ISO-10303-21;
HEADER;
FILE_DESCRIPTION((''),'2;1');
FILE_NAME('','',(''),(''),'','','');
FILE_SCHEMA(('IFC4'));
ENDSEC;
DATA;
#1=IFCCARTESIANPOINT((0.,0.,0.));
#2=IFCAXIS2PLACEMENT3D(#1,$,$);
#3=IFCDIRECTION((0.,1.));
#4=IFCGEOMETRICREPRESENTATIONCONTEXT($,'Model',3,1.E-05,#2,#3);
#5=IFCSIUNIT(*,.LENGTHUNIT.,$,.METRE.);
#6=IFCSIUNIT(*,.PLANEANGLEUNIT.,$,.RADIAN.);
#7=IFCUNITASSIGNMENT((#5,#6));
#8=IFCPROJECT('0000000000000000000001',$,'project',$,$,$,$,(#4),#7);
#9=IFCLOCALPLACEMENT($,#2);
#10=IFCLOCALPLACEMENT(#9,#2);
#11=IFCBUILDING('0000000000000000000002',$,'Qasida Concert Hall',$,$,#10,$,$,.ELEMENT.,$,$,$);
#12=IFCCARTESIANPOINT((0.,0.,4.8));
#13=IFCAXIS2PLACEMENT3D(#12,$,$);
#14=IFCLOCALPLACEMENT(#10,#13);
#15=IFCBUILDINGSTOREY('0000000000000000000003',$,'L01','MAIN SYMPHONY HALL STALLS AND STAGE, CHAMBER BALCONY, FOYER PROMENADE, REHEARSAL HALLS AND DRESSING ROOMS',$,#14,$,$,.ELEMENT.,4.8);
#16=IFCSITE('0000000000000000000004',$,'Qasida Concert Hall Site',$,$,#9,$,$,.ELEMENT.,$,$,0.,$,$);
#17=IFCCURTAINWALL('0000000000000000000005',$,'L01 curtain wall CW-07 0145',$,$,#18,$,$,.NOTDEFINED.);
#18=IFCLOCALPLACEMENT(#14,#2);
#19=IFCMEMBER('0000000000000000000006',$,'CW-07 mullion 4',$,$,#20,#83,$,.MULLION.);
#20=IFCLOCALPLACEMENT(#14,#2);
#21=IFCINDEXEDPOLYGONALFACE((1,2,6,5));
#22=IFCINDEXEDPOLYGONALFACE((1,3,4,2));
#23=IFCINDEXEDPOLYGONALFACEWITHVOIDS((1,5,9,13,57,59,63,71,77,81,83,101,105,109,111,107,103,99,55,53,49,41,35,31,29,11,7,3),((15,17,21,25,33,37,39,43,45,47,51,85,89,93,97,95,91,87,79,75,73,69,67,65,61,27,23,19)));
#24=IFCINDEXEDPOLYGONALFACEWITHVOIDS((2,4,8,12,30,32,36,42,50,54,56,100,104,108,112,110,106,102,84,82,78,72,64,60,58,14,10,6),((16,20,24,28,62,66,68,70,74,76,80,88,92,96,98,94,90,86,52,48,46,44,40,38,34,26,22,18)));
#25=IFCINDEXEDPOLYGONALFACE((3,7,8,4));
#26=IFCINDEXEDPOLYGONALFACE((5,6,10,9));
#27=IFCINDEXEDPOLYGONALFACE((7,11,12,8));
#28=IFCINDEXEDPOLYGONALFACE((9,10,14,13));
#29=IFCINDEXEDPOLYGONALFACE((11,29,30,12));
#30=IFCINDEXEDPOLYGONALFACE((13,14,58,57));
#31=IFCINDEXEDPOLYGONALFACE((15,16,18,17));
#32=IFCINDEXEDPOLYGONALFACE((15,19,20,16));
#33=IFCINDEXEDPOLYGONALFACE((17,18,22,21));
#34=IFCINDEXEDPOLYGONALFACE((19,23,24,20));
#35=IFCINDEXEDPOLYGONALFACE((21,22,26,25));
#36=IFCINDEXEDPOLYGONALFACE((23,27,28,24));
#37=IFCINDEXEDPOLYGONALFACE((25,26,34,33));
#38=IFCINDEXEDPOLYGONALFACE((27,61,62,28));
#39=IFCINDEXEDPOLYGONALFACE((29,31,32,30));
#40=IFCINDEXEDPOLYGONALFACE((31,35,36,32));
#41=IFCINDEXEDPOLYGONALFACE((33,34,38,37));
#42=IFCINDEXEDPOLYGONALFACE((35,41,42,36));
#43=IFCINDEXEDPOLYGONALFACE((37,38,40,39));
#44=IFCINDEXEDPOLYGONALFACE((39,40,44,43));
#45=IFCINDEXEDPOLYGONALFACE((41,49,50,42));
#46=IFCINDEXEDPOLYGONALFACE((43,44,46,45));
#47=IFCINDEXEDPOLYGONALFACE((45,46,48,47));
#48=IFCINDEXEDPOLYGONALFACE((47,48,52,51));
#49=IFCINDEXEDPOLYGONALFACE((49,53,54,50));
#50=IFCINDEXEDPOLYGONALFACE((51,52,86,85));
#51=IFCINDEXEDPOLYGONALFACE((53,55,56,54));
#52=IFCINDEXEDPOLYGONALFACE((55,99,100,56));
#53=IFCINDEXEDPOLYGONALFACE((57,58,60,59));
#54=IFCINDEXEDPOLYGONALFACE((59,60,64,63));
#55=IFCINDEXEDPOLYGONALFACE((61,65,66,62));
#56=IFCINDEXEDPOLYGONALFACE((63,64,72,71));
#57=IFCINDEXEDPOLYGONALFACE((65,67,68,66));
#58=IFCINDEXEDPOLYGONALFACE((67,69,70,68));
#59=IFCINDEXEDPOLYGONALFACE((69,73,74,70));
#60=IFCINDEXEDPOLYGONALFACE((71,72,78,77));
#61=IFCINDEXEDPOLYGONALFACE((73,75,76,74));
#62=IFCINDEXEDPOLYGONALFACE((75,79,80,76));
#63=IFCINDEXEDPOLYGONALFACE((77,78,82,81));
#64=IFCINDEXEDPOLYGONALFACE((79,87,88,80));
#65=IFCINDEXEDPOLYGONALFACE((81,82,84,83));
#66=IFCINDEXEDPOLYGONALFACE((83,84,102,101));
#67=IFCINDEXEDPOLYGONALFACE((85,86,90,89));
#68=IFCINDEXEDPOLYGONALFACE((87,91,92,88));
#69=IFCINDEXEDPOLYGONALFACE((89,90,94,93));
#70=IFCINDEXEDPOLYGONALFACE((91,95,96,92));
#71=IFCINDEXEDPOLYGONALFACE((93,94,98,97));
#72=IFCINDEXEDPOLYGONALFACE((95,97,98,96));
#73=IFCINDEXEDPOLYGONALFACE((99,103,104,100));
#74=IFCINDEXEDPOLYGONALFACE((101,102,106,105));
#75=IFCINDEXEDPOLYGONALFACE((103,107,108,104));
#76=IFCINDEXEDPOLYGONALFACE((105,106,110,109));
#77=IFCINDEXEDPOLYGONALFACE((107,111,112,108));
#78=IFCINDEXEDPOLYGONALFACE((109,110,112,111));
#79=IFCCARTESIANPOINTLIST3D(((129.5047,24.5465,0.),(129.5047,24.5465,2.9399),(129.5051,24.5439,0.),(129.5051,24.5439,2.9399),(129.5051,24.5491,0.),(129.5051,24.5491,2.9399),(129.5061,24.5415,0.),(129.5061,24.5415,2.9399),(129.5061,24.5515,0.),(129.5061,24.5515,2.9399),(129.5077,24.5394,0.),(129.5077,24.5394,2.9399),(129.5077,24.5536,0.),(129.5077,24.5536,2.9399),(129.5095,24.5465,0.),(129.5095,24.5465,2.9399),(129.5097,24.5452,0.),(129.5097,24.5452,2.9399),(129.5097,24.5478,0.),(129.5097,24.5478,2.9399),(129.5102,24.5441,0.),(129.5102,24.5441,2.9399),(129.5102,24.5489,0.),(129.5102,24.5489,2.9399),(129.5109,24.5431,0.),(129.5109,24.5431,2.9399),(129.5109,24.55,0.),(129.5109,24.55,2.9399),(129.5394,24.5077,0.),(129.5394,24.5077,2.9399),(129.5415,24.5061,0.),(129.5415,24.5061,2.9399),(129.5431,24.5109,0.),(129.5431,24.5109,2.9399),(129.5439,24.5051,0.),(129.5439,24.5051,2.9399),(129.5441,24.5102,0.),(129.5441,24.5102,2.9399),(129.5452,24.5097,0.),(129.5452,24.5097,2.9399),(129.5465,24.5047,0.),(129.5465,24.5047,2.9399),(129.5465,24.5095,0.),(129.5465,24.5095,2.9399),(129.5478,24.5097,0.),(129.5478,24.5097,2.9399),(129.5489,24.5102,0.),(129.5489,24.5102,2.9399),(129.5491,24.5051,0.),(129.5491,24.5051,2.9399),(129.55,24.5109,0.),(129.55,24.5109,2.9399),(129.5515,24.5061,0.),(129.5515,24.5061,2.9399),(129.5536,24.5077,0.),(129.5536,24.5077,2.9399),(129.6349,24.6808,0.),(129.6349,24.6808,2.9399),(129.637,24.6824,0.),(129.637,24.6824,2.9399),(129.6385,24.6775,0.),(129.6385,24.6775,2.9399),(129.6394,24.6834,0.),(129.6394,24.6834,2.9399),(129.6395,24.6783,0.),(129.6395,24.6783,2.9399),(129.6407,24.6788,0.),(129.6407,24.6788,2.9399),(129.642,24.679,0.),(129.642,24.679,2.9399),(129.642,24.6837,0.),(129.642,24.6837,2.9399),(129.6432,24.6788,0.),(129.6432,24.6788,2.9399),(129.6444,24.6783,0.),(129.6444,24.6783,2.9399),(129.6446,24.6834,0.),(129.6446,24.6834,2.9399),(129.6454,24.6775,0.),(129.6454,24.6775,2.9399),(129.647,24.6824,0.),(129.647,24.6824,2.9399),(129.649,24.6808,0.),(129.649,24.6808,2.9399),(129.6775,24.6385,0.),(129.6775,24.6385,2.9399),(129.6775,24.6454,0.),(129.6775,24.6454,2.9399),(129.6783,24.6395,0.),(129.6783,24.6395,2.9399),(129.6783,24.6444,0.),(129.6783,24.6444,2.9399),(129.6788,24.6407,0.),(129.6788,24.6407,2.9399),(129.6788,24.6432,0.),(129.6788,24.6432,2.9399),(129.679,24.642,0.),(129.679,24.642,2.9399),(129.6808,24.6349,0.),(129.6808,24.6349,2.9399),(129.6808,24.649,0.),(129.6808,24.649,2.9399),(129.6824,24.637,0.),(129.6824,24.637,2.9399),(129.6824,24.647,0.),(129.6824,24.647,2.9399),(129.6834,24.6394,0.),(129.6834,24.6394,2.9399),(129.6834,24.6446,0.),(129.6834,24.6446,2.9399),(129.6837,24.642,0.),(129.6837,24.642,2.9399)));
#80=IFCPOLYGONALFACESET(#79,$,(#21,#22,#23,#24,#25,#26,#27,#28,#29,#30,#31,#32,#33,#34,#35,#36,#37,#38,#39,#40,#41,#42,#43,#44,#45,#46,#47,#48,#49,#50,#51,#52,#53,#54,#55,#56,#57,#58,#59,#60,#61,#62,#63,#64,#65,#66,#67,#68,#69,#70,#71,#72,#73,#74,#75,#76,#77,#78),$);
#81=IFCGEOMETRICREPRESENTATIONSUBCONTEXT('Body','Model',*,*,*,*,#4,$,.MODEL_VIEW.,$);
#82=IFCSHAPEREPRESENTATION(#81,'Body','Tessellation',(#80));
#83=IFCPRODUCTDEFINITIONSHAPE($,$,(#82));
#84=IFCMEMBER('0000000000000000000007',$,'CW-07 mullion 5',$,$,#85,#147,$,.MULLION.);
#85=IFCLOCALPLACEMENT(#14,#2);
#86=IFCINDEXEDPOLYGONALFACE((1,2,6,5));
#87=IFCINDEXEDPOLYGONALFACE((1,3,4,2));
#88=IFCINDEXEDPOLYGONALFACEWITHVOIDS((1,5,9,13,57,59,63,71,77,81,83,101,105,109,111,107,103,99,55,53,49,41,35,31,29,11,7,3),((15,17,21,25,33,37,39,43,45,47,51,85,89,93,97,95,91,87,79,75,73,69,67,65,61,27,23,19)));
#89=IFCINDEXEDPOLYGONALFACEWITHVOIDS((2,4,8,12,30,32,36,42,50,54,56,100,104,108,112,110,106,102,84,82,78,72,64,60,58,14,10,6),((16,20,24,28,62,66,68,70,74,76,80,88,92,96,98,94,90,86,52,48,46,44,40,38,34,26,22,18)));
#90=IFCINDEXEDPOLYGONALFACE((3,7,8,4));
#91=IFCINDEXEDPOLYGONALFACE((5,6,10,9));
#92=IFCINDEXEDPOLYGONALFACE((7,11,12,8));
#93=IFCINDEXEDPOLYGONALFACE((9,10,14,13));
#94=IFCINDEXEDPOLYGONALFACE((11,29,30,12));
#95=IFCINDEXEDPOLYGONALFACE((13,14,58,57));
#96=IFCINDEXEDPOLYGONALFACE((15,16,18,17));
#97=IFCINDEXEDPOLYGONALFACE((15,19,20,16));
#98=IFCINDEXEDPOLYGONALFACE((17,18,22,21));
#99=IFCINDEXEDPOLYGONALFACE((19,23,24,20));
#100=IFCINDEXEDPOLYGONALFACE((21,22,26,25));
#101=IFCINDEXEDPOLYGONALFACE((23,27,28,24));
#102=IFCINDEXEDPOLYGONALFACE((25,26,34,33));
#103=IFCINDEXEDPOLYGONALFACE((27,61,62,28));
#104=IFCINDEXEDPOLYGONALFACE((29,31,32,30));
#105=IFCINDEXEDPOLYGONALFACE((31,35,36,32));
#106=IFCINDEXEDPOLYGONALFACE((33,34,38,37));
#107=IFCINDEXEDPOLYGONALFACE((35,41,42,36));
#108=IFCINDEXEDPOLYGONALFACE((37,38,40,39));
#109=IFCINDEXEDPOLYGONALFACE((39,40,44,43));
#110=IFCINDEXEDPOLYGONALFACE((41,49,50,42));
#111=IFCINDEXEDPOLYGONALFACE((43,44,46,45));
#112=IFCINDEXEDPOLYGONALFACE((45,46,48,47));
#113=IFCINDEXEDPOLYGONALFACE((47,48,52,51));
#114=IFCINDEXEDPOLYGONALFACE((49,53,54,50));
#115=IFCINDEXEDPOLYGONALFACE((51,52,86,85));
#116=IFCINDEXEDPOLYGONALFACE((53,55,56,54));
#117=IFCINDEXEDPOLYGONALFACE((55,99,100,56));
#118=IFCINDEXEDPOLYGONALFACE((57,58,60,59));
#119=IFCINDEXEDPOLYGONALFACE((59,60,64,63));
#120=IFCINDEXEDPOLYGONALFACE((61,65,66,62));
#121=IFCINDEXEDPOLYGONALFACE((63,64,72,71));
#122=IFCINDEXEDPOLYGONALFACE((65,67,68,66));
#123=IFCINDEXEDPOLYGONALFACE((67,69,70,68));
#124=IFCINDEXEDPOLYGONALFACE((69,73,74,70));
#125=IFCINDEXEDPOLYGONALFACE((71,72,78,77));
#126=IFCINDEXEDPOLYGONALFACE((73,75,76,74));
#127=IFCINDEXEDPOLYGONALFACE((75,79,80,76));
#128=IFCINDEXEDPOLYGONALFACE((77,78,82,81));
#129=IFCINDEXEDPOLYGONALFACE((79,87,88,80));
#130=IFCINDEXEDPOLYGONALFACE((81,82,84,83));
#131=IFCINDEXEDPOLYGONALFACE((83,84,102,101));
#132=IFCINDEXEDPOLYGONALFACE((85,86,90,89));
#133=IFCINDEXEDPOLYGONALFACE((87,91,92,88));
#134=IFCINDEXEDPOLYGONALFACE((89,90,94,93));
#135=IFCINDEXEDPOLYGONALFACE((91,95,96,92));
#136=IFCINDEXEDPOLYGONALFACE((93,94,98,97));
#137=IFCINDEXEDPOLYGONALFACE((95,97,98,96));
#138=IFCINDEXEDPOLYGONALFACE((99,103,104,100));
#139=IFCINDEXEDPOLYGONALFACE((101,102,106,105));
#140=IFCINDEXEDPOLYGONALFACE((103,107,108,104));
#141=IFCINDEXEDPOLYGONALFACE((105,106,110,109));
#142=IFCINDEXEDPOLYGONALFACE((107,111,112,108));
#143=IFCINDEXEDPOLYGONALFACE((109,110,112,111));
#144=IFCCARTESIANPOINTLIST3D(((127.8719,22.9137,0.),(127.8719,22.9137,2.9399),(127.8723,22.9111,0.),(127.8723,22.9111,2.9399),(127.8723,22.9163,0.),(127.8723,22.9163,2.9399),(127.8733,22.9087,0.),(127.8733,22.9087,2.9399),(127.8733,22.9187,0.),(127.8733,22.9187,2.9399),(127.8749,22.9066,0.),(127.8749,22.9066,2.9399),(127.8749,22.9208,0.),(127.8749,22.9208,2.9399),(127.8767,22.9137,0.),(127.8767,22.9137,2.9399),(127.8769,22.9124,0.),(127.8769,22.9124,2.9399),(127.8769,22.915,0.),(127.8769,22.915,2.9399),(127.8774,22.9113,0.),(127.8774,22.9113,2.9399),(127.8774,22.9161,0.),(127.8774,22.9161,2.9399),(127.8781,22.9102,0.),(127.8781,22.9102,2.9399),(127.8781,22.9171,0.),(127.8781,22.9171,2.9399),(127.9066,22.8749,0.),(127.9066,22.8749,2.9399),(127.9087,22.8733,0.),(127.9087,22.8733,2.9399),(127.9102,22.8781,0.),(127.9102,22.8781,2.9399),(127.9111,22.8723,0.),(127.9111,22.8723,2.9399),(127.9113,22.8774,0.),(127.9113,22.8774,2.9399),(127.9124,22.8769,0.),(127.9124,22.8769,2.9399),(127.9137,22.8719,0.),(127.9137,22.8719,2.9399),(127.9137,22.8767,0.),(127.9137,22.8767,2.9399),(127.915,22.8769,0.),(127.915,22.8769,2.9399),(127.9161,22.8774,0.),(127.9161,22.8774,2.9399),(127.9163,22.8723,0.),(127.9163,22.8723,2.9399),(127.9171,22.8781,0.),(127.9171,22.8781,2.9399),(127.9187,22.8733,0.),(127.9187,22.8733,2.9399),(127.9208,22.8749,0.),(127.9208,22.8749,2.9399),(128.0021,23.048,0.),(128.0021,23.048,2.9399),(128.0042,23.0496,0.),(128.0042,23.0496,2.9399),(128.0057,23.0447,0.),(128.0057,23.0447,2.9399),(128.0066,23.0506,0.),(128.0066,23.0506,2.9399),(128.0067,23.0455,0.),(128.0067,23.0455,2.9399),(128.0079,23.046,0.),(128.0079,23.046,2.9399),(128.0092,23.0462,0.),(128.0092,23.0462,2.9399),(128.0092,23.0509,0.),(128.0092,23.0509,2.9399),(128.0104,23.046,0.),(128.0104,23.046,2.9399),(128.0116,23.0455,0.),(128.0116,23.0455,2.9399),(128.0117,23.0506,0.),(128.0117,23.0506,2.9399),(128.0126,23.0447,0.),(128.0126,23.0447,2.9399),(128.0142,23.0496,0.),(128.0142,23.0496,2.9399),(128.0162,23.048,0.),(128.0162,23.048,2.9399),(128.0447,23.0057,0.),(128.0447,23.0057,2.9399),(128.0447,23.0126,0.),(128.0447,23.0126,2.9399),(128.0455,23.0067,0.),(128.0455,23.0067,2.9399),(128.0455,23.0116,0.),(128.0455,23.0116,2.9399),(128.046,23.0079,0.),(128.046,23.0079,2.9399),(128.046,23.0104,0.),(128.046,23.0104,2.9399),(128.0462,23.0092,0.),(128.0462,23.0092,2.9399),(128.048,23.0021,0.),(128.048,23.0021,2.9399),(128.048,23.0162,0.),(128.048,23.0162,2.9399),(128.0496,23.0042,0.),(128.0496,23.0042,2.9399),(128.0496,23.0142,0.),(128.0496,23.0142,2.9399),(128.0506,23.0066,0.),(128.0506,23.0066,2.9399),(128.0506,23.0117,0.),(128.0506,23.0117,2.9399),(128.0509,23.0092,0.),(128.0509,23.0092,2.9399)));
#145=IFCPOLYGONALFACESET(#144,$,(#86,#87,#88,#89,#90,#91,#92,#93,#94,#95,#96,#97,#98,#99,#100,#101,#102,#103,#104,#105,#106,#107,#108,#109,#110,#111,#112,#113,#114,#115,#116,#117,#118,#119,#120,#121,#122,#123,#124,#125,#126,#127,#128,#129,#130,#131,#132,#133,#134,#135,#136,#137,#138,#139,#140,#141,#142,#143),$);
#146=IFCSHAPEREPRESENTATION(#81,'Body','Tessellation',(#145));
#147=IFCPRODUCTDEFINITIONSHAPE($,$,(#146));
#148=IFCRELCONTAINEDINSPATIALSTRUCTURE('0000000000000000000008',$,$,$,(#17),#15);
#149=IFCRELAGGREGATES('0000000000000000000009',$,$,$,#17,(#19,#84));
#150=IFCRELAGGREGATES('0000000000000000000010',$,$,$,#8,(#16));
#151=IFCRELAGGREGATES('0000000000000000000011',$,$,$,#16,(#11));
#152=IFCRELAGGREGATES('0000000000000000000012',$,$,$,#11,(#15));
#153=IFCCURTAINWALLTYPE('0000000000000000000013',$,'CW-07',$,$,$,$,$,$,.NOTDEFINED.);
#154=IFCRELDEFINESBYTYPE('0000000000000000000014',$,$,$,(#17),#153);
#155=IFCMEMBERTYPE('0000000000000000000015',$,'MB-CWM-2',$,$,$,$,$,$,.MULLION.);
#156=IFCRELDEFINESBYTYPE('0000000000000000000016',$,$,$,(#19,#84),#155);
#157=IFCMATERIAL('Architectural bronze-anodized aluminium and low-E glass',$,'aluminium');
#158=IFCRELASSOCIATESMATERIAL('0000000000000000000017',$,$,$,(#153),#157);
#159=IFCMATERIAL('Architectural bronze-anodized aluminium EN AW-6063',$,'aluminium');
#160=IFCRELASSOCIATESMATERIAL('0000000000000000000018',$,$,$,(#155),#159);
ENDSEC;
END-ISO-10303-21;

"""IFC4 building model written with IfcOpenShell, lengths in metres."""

from ifc_helpers import new_model, si_unit, direction, frame, origin, origin_2d, place, context, subcontext, project, spatial, hollow_rectangle, extrude, material, material_profile, profile_set, type_object, element, aggregate, save


model = new_model("IFC4")

# Units and contexts
model_context = context("Model", 3, precision=1e-05, world=origin(), true_north=direction((0.0, 1.0)))
body_context = subcontext(model_context, "Body", "Model", "MODEL_VIEW")
ifc_project = project(units=[si_unit("LENGTHUNIT", "METRE"), si_unit("PLANEANGLEUNIT", "RADIAN")], contexts=[model_context])

# Site, building, storey
site_placement = place(None, origin())
site = spatial("IfcSite", under=ifc_project, at=site_placement, Name="Qasida Concert Hall Site", CompositionType="ELEMENT", RefElevation=0.0)
building_placement = place(site_placement, origin())
building = spatial("IfcBuilding", under=site, at=building_placement, Name="Qasida Concert Hall", CompositionType="ELEMENT")
storey_placement = place(building_placement, frame((0.0, 0.0, 4.8)))
storey = spatial("IfcBuildingStorey", under=building, at=storey_placement, Name="L01", Description="MAIN SYMPHONY HALL STALLS AND STAGE, CHAMBER BALCONY, FOYER PROMENADE, REHEARSAL HALLS AND DRESSING ROOMS", CompositionType="ELEMENT", Elevation=4.8)

# Curtain wall, members
ifc_material_1 = material(Name="Architectural bronze-anodized aluminium and low-E glass", Category="aluminium")
curtain_wall_type = type_object("IfcCurtainWallType", Name="CW-07", PredefinedType="NOTDEFINED", material=ifc_material_1)
curtain_wall_placement = place(storey_placement, origin())
curtain_wall = element("IfcCurtainWall", 1, at=curtain_wall_placement, inside=storey, type_object=curtain_wall_type, Name="L01 curtain wall CW-07 0145", PredefinedType="NOTDEFINED")
ifc_material_2 = material(Name="Architectural bronze-anodized aluminium EN AW-6063", Category="aluminium")
ifc_material_profile_1 = material_profile(ifc_material_2, hollow_rectangle(XDim=0.0649, YDim=0.2, WallThickness=0.0049, InnerFilletRadius=0.0049, OuterFilletRadius=0.01, at=origin_2d()), Name="CWM 200x65x5")
ifc_profile_set_1 = profile_set([ifc_material_profile_1], Name="Architectural bronze-anodized aluminium EN AW-6063")
member_type_1 = type_object("IfcMemberType", Name="MB-CWM-2", PredefinedType="MULLION", material=ifc_profile_set_1)
member_1_placement = place(storey_placement, frame((129.5942, 24.5942, 0.0), z_axis=(0.0, 0.0, 1.0), x_axis=(0.707107, -0.707107, 0.0)))
member_1 = element("IfcMember", 2, at=member_1_placement, type_object=member_type_1, Name="CW-07 mullion 4", PredefinedType="MULLION", context=body_context, shape_type="SweptSolid", body=[
    extrude(hollow_rectangle(XDim=0.0649, YDim=0.2, WallThickness=0.0049, InnerFilletRadius=0.0049, OuterFilletRadius=0.01, at=origin_2d()), origin(), (0.0, 0.0, 1.0), 2.9399),
])
member_2_placement = place(storey_placement, frame((127.9614, 22.9614, 0.0), z_axis=(0.0, 0.0, 1.0), x_axis=(0.707107, -0.707107, 0.0)))
member_2 = element("IfcMember", 3, at=member_2_placement, type_object=member_type_1, Name="CW-07 mullion 5", PredefinedType="MULLION", context=body_context, shape_type="SweptSolid", body=[
    extrude(hollow_rectangle(XDim=0.0649, YDim=0.2, WallThickness=0.0049, InnerFilletRadius=0.0049, OuterFilletRadius=0.01, at=origin_2d()), origin(), (0.0, 0.0, 1.0), 2.9399),
])
aggregate(curtain_wall, [member_1, member_2])

save(model, "model.ifc")
